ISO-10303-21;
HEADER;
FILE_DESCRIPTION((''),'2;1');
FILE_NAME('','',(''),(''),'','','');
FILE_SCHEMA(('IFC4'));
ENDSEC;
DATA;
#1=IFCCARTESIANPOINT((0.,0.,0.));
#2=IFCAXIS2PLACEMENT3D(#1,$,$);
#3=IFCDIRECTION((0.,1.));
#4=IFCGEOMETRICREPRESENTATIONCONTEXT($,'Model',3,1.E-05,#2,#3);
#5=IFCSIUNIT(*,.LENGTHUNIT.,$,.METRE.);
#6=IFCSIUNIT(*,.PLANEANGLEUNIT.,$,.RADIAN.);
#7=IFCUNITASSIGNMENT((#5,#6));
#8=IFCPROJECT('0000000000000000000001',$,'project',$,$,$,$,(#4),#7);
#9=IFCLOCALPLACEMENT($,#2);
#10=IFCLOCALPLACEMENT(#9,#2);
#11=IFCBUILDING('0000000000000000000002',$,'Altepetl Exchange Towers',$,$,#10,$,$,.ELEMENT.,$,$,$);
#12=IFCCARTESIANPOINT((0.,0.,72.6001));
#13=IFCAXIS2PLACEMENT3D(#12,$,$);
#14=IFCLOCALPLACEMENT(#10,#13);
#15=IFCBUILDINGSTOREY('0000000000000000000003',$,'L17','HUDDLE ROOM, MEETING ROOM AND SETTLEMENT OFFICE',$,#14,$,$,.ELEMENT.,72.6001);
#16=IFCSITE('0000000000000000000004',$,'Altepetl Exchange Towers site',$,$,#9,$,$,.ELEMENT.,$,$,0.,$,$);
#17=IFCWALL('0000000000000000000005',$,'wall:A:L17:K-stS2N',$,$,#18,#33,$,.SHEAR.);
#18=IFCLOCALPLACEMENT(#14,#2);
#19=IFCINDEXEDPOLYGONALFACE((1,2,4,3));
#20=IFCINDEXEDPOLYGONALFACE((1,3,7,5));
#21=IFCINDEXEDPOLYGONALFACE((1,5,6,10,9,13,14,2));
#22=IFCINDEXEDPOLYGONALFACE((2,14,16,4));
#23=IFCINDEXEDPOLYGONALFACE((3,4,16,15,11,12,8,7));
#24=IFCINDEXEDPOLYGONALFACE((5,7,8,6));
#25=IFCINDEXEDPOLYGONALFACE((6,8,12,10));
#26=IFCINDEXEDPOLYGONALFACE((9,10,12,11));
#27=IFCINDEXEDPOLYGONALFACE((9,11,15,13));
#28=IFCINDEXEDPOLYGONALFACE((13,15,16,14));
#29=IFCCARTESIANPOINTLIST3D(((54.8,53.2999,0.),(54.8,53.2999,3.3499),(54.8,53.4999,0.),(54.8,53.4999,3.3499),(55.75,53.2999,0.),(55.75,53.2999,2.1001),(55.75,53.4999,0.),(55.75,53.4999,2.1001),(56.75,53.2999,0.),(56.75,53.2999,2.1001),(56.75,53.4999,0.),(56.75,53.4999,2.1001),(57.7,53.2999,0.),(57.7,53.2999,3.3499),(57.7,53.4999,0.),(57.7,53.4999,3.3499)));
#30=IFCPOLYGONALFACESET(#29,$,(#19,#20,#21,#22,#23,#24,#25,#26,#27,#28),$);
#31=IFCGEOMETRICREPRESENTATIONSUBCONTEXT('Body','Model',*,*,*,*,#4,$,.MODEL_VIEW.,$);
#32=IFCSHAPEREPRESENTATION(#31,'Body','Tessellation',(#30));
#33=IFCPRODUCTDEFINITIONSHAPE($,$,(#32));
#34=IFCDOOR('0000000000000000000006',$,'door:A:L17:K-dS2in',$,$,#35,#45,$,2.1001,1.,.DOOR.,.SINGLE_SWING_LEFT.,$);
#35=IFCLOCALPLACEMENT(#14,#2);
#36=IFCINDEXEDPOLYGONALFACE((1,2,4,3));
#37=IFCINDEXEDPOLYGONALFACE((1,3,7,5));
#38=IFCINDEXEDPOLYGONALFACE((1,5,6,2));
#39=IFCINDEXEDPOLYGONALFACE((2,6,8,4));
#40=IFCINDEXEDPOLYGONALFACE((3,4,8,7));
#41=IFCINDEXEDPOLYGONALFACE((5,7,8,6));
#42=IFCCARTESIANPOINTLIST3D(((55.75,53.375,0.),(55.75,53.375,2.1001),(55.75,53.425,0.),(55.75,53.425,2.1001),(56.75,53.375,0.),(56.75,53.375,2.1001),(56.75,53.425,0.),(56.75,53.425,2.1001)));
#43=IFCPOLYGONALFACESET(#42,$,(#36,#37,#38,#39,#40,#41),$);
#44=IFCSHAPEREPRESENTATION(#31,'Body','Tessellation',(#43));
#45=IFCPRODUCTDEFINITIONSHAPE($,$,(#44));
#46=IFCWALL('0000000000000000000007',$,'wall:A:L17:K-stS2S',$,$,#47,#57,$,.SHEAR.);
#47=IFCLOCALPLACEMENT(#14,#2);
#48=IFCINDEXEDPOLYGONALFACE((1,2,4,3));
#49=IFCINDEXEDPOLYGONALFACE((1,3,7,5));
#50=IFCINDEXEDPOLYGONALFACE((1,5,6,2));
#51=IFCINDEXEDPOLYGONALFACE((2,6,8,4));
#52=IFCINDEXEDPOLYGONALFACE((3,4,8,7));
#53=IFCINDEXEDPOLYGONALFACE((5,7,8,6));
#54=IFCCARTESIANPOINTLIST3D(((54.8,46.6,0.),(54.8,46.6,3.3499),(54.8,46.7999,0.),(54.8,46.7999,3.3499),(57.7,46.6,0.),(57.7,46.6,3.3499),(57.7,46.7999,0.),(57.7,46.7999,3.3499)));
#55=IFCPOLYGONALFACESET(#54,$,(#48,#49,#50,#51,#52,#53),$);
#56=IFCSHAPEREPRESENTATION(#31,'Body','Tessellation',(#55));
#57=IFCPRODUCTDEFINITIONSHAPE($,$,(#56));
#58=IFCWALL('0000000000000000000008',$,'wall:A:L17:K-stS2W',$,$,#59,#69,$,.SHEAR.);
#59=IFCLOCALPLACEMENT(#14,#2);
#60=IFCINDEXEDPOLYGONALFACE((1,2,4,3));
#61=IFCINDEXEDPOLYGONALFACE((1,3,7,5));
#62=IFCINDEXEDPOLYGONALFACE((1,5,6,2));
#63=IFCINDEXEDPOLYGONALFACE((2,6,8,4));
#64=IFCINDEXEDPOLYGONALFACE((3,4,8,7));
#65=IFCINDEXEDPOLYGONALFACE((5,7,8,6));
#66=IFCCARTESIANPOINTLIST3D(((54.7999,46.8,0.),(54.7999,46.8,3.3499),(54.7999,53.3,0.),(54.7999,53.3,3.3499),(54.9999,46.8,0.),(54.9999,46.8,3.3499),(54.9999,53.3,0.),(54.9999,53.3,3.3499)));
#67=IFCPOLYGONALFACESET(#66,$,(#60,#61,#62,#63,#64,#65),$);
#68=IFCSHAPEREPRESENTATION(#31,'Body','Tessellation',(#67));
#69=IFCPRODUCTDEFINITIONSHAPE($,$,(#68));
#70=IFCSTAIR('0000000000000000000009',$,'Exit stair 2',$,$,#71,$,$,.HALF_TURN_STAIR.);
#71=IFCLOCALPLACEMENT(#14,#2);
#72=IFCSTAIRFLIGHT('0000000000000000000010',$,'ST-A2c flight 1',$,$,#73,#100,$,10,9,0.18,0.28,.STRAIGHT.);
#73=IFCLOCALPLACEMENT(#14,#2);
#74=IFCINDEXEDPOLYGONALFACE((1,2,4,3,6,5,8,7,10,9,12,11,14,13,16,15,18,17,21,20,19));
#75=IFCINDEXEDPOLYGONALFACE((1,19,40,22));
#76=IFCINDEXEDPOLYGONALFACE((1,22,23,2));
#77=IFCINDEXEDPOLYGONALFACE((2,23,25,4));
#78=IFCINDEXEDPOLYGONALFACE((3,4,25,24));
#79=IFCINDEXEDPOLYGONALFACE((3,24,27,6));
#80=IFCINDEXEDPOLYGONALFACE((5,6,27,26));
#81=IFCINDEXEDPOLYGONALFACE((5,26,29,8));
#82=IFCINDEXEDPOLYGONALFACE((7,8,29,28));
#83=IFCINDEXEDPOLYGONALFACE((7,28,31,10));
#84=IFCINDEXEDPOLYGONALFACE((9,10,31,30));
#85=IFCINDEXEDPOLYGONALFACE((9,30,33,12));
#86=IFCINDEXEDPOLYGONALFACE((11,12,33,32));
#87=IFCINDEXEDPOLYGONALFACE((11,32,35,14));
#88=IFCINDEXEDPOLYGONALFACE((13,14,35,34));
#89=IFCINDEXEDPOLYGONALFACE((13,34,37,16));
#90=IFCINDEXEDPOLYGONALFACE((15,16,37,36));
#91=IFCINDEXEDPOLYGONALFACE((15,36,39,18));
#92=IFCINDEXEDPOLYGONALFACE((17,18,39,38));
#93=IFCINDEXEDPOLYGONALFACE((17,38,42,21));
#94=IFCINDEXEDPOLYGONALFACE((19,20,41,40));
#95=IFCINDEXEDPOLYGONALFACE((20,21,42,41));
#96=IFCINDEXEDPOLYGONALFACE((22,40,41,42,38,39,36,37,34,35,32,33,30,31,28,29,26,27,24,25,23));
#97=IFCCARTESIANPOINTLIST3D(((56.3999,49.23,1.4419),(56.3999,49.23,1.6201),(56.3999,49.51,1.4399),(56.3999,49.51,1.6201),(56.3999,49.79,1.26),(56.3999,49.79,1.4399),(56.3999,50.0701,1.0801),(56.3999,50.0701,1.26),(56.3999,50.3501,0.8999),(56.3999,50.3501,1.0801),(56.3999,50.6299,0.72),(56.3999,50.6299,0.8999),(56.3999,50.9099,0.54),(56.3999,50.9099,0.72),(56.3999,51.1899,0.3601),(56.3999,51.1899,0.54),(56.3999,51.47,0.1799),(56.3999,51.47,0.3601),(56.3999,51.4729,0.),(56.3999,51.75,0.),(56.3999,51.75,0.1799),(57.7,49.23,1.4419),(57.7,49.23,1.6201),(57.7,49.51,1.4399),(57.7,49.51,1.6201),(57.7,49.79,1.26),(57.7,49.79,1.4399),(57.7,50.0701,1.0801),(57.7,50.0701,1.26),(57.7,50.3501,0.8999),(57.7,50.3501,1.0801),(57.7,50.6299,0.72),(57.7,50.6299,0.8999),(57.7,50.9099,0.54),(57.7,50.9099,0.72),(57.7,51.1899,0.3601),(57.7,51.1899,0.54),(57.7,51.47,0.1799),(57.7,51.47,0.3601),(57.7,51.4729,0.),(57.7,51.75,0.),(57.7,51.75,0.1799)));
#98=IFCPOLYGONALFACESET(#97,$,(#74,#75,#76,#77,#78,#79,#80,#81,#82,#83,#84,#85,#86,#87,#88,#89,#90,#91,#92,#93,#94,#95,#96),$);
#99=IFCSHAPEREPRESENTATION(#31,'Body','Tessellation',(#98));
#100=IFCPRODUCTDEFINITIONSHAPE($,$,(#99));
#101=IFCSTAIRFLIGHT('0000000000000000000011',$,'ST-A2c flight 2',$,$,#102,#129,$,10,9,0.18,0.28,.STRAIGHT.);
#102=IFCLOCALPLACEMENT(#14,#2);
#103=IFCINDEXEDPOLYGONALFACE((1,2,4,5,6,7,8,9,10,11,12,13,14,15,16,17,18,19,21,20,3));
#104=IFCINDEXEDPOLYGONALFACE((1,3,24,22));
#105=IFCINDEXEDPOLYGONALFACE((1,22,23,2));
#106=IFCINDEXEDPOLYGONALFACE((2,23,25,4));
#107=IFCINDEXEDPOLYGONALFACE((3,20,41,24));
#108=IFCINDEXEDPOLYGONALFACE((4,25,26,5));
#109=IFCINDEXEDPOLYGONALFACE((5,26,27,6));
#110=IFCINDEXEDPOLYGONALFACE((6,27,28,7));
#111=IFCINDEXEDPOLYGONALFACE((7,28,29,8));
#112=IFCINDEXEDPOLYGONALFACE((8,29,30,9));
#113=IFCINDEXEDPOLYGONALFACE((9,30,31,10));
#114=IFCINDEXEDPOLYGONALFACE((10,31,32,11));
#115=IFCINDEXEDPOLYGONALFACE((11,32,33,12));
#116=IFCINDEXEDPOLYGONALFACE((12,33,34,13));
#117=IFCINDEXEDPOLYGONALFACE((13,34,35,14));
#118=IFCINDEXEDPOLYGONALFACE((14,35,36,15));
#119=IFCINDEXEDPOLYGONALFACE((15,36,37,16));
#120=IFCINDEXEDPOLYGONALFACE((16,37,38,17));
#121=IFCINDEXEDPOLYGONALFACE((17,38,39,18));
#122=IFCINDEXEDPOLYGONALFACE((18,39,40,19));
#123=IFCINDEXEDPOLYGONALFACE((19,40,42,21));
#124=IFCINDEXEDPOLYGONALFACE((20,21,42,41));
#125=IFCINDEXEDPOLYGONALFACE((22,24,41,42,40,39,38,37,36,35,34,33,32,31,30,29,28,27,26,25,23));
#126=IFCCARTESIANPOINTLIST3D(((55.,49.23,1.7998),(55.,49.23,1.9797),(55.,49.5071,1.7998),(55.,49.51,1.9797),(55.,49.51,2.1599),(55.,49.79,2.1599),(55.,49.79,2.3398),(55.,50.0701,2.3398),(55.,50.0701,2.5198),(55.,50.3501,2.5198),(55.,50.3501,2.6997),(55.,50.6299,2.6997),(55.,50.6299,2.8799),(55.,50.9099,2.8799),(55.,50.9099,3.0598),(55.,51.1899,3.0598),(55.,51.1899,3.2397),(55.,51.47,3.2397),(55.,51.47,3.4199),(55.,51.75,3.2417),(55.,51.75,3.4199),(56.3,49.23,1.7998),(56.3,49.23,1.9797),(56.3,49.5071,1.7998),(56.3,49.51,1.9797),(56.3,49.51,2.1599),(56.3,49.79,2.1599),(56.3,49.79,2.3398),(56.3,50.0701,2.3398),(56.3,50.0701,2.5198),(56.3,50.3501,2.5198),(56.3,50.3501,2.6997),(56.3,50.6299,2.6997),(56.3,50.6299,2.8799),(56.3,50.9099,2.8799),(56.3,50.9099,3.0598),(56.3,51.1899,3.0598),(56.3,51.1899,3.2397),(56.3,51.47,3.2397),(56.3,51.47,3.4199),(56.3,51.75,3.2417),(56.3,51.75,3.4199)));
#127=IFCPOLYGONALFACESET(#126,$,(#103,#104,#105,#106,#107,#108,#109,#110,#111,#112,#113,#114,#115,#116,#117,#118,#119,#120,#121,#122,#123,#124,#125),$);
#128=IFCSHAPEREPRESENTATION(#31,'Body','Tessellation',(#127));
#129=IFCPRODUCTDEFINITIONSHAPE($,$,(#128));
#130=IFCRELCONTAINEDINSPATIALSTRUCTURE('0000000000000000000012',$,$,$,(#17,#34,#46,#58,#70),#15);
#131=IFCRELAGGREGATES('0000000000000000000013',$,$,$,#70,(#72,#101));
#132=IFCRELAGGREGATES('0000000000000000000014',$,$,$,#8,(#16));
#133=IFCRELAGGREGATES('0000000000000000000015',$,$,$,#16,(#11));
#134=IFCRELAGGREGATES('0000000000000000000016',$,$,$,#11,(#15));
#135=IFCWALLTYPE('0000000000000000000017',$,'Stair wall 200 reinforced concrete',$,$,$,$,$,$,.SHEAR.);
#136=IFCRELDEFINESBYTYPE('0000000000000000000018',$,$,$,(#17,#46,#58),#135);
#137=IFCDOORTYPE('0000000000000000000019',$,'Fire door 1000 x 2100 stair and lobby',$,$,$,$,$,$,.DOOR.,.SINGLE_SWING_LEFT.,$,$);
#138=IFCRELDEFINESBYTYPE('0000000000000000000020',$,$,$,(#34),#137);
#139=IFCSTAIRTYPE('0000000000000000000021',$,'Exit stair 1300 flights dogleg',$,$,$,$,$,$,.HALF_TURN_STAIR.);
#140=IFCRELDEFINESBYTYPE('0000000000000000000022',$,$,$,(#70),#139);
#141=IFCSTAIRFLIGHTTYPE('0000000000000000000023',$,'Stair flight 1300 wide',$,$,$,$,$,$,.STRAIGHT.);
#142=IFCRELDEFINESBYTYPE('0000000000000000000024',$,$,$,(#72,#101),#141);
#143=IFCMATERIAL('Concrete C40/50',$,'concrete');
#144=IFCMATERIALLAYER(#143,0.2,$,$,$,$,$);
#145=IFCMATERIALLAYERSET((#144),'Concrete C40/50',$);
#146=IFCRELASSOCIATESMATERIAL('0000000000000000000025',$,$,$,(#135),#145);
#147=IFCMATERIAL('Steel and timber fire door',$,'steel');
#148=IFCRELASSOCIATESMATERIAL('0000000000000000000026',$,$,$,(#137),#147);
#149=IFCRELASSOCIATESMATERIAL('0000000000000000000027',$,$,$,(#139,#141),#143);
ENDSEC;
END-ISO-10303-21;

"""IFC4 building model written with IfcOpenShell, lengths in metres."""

from ifc_helpers import new_model, si_unit, direction, frame, frame_2d, origin, place, context, subcontext, project, spatial, polyline, rectangle, outline, extrude, material, layer, layer_set, type_object, element, fill, aggregate, save


model = new_model("IFC4")

# Units and contexts
model_context = context("Model", 3, precision=1e-05, world=origin(), true_north=direction((0.0, 1.0)))
body_context = subcontext(model_context, "Body", "Model", "MODEL_VIEW")
ifc_project = project(units=[si_unit("LENGTHUNIT", "METRE"), si_unit("PLANEANGLEUNIT", "RADIAN")], contexts=[model_context])

# Site, building, storey
site_placement = place(None, origin())
site = spatial("IfcSite", under=ifc_project, at=site_placement, Name="Altepetl Exchange Towers site", CompositionType="ELEMENT", RefElevation=0.0)
building_placement = place(site_placement, origin())
building = spatial("IfcBuilding", under=site, at=building_placement, Name="Altepetl Exchange Towers", CompositionType="ELEMENT")
storey_placement = place(building_placement, frame((0.0, 0.0, 72.6001)))
storey = spatial("IfcBuildingStorey", under=building, at=storey_placement, Name="L17", Description="HUDDLE ROOM, MEETING ROOM AND SETTLEMENT OFFICE", CompositionType="ELEMENT", Elevation=72.6001)

# Shared definitions
ifc_material_1 = material(Name="Concrete C40/50", Category="concrete")

# Wall, opening, door
ifc_layer_1 = layer(ifc_material_1, 0.2)
ifc_layer_set_1 = layer_set([ifc_layer_1], Name="Concrete C40/50")
wall_type_1 = type_object("IfcWallType", Name="Stair wall 200 reinforced concrete", PredefinedType="SHEAR", material=ifc_layer_set_1)
wall_1_placement = place(storey_placement, frame((54.8, 53.3999, 0.0)))
wall_1 = element("IfcWall", 1, at=wall_1_placement, inside=storey, type_object=wall_type_1, Name="wall:A:L17:K-stS2N", PredefinedType="SHEAR", context=body_context, shape_type="SweptSolid", body=[
    extrude(rectangle(XDim=2.8999, YDim=0.2, at=frame_2d((1.45, 0.0))), origin(), (0.0, 0.0, 1.0), 3.3499),
])
opening_placement = place(wall_1_placement, frame((0.95, 0.0, 0.0)))
opening = element("IfcOpeningElement", 2, at=opening_placement, cuts=wall_1, PredefinedType="OPENING", context=body_context, shape_type="SweptSolid", body=[
    extrude(rectangle(XDim=1.0, YDim=2.1001, at=frame_2d((0.5, 1.05))), frame((0.0, 0.1099, 0.0), z_axis=(0.0, -1.0, 0.0), x_axis=(1.0, 0.0, 0.0)), (0.0, 0.0, 1.0), 0.22),
])
ifc_material_2 = material(Name="Steel and timber fire door", Category="steel")
door_type = type_object("IfcDoorType", Name="Fire door 1000 x 2100 stair and lobby", OperationType="SINGLE_SWING_LEFT", PredefinedType="DOOR", material=ifc_material_2)
door_placement = place(opening_placement, frame((1.0, 0.0, 0.0), x_axis=(-1.0, 0.0, 0.0)))
door = element("IfcDoor", 3, at=door_placement, inside=storey, type_object=door_type, Name="door:A:L17:K-dS2in", OperationType="SINGLE_SWING_LEFT", OverallHeight=2.1001, OverallWidth=1.0, PredefinedType="DOOR", context=body_context, shape_type="SweptSolid", body=[
    extrude(rectangle(XDim=1.0, YDim=2.1001, at=frame_2d((0.5, 1.05))), frame((0.0, 0.0249, 0.0), z_axis=(0.0, -1.0, 0.0), x_axis=(1.0, 0.0, 0.0)), (0.0, 0.0, 1.0), 0.05),
])
fill(opening, door)

# Walls
wall_2_placement = place(storey_placement, frame((54.8, 46.7, 0.0)))
element("IfcWall", 4, at=wall_2_placement, inside=storey, type_object=wall_type_1, Name="wall:A:L17:K-stS2S", PredefinedType="SHEAR", context=body_context, shape_type="SweptSolid", body=[
    extrude(rectangle(XDim=2.8999, YDim=0.2, at=frame_2d((1.45, 0.0))), origin(), (0.0, 0.0, 1.0), 3.3499),
])
wall_3_placement = place(storey_placement, frame((54.8999, 46.8, 0.0), z_axis=(0.0, 0.0, 1.0), x_axis=(0.0, 1.0, 0.0)))
element("IfcWall", 5, at=wall_3_placement, inside=storey, type_object=wall_type_1, Name="wall:A:L17:K-stS2W", PredefinedType="SHEAR", context=body_context, shape_type="SweptSolid", body=[
    extrude(rectangle(XDim=6.5, YDim=0.2, at=frame_2d((3.25, 0.0))), origin(), (0.0, 0.0, 1.0), 3.3499),
])

# Stair, stair flights
stair_type = type_object("IfcStairType", Name="Exit stair 1300 flights dogleg", PredefinedType="HALF_TURN_STAIR", material=ifc_material_1)
stair_placement = place(storey_placement, origin())
stair = element("IfcStair", 6, at=stair_placement, inside=storey, type_object=stair_type, Name="Exit stair 2", PredefinedType="HALF_TURN_STAIR")
stair_flight_type = type_object("IfcStairFlightType", Name="Stair flight 1300 wide", PredefinedType="STRAIGHT", material=ifc_material_1)
stair_flight_1_placement = place(storey_placement, frame((57.05, 51.75, 0.0), z_axis=(0.0, 0.0, 1.0), x_axis=(0.0, -1.0, 0.0)))
stair_flight_1 = element("IfcStairFlight", 7, at=stair_flight_1_placement, type_object=stair_flight_type, Name="ST-A2c flight 1", NumberOfRisers=10, NumberOfTreads=9, PredefinedType="STRAIGHT", RiserHeight=0.18, TreadLength=0.28, context=body_context, shape_type="SweptSolid", body=[
    extrude(outline(polyline([(0.0, 0.0), (0.0, 0.1799), (0.28, 0.1799), (0.28, 0.3601), (0.5601, 0.3601), (0.5601, 0.54), (0.8401, 0.54), (0.8401, 0.72), (1.1201, 0.72), (1.1201, 0.8999), (1.3999, 0.8999), (1.3999, 1.0801), (1.6799, 1.0801), (1.6799, 1.26), (1.96, 1.26), (1.96, 1.4399), (2.24, 1.4399), (2.24, 1.6201), (2.52, 1.6201), (2.52, 1.8), (2.52, 1.4419), (0.2771, 0.0), (0.0, 0.0)])), frame((0.0, 0.6499, 0.0), z_axis=(0.0, -1.0, 0.0), x_axis=(1.0, 0.0, 0.0)), (0.0, 0.0, 1.0), 1.3),
])
stair_flight_2_placement = place(storey_placement, frame((55.6499, 49.23, 1.7998), z_axis=(0.0, 0.0, 1.0), x_axis=(0.0, 1.0, 0.0)))
stair_flight_2 = element("IfcStairFlight", 8, at=stair_flight_2_placement, type_object=stair_flight_type, Name="ST-A2c flight 2", NumberOfRisers=10, NumberOfTreads=9, PredefinedType="STRAIGHT", RiserHeight=0.18, TreadLength=0.28, context=body_context, shape_type="SweptSolid", body=[
    extrude(outline(polyline([(0.0, 0.0), (0.0, 0.1799), (0.28, 0.1799), (0.28, 0.3601), (0.5601, 0.3601), (0.5601, 0.54), (0.8401, 0.54), (0.8401, 0.72), (1.1201, 0.72), (1.1201, 0.8999), (1.3999, 0.8999), (1.3999, 1.0801), (1.6799, 1.0801), (1.6799, 1.26), (1.96, 1.26), (1.96, 1.4399), (2.24, 1.4399), (2.24, 1.6201), (2.52, 1.6201), (2.52, 1.8), (2.52, 1.4419), (0.2771, 0.0), (0.0, 0.0)])), frame((0.0, 0.6499, 0.0), z_axis=(0.0, -1.0, 0.0), x_axis=(1.0, 0.0, 0.0)), (0.0, 0.0, 1.0), 1.3),
])
aggregate(stair, [stair_flight_1, stair_flight_2])

save(model, "model.ifc")
